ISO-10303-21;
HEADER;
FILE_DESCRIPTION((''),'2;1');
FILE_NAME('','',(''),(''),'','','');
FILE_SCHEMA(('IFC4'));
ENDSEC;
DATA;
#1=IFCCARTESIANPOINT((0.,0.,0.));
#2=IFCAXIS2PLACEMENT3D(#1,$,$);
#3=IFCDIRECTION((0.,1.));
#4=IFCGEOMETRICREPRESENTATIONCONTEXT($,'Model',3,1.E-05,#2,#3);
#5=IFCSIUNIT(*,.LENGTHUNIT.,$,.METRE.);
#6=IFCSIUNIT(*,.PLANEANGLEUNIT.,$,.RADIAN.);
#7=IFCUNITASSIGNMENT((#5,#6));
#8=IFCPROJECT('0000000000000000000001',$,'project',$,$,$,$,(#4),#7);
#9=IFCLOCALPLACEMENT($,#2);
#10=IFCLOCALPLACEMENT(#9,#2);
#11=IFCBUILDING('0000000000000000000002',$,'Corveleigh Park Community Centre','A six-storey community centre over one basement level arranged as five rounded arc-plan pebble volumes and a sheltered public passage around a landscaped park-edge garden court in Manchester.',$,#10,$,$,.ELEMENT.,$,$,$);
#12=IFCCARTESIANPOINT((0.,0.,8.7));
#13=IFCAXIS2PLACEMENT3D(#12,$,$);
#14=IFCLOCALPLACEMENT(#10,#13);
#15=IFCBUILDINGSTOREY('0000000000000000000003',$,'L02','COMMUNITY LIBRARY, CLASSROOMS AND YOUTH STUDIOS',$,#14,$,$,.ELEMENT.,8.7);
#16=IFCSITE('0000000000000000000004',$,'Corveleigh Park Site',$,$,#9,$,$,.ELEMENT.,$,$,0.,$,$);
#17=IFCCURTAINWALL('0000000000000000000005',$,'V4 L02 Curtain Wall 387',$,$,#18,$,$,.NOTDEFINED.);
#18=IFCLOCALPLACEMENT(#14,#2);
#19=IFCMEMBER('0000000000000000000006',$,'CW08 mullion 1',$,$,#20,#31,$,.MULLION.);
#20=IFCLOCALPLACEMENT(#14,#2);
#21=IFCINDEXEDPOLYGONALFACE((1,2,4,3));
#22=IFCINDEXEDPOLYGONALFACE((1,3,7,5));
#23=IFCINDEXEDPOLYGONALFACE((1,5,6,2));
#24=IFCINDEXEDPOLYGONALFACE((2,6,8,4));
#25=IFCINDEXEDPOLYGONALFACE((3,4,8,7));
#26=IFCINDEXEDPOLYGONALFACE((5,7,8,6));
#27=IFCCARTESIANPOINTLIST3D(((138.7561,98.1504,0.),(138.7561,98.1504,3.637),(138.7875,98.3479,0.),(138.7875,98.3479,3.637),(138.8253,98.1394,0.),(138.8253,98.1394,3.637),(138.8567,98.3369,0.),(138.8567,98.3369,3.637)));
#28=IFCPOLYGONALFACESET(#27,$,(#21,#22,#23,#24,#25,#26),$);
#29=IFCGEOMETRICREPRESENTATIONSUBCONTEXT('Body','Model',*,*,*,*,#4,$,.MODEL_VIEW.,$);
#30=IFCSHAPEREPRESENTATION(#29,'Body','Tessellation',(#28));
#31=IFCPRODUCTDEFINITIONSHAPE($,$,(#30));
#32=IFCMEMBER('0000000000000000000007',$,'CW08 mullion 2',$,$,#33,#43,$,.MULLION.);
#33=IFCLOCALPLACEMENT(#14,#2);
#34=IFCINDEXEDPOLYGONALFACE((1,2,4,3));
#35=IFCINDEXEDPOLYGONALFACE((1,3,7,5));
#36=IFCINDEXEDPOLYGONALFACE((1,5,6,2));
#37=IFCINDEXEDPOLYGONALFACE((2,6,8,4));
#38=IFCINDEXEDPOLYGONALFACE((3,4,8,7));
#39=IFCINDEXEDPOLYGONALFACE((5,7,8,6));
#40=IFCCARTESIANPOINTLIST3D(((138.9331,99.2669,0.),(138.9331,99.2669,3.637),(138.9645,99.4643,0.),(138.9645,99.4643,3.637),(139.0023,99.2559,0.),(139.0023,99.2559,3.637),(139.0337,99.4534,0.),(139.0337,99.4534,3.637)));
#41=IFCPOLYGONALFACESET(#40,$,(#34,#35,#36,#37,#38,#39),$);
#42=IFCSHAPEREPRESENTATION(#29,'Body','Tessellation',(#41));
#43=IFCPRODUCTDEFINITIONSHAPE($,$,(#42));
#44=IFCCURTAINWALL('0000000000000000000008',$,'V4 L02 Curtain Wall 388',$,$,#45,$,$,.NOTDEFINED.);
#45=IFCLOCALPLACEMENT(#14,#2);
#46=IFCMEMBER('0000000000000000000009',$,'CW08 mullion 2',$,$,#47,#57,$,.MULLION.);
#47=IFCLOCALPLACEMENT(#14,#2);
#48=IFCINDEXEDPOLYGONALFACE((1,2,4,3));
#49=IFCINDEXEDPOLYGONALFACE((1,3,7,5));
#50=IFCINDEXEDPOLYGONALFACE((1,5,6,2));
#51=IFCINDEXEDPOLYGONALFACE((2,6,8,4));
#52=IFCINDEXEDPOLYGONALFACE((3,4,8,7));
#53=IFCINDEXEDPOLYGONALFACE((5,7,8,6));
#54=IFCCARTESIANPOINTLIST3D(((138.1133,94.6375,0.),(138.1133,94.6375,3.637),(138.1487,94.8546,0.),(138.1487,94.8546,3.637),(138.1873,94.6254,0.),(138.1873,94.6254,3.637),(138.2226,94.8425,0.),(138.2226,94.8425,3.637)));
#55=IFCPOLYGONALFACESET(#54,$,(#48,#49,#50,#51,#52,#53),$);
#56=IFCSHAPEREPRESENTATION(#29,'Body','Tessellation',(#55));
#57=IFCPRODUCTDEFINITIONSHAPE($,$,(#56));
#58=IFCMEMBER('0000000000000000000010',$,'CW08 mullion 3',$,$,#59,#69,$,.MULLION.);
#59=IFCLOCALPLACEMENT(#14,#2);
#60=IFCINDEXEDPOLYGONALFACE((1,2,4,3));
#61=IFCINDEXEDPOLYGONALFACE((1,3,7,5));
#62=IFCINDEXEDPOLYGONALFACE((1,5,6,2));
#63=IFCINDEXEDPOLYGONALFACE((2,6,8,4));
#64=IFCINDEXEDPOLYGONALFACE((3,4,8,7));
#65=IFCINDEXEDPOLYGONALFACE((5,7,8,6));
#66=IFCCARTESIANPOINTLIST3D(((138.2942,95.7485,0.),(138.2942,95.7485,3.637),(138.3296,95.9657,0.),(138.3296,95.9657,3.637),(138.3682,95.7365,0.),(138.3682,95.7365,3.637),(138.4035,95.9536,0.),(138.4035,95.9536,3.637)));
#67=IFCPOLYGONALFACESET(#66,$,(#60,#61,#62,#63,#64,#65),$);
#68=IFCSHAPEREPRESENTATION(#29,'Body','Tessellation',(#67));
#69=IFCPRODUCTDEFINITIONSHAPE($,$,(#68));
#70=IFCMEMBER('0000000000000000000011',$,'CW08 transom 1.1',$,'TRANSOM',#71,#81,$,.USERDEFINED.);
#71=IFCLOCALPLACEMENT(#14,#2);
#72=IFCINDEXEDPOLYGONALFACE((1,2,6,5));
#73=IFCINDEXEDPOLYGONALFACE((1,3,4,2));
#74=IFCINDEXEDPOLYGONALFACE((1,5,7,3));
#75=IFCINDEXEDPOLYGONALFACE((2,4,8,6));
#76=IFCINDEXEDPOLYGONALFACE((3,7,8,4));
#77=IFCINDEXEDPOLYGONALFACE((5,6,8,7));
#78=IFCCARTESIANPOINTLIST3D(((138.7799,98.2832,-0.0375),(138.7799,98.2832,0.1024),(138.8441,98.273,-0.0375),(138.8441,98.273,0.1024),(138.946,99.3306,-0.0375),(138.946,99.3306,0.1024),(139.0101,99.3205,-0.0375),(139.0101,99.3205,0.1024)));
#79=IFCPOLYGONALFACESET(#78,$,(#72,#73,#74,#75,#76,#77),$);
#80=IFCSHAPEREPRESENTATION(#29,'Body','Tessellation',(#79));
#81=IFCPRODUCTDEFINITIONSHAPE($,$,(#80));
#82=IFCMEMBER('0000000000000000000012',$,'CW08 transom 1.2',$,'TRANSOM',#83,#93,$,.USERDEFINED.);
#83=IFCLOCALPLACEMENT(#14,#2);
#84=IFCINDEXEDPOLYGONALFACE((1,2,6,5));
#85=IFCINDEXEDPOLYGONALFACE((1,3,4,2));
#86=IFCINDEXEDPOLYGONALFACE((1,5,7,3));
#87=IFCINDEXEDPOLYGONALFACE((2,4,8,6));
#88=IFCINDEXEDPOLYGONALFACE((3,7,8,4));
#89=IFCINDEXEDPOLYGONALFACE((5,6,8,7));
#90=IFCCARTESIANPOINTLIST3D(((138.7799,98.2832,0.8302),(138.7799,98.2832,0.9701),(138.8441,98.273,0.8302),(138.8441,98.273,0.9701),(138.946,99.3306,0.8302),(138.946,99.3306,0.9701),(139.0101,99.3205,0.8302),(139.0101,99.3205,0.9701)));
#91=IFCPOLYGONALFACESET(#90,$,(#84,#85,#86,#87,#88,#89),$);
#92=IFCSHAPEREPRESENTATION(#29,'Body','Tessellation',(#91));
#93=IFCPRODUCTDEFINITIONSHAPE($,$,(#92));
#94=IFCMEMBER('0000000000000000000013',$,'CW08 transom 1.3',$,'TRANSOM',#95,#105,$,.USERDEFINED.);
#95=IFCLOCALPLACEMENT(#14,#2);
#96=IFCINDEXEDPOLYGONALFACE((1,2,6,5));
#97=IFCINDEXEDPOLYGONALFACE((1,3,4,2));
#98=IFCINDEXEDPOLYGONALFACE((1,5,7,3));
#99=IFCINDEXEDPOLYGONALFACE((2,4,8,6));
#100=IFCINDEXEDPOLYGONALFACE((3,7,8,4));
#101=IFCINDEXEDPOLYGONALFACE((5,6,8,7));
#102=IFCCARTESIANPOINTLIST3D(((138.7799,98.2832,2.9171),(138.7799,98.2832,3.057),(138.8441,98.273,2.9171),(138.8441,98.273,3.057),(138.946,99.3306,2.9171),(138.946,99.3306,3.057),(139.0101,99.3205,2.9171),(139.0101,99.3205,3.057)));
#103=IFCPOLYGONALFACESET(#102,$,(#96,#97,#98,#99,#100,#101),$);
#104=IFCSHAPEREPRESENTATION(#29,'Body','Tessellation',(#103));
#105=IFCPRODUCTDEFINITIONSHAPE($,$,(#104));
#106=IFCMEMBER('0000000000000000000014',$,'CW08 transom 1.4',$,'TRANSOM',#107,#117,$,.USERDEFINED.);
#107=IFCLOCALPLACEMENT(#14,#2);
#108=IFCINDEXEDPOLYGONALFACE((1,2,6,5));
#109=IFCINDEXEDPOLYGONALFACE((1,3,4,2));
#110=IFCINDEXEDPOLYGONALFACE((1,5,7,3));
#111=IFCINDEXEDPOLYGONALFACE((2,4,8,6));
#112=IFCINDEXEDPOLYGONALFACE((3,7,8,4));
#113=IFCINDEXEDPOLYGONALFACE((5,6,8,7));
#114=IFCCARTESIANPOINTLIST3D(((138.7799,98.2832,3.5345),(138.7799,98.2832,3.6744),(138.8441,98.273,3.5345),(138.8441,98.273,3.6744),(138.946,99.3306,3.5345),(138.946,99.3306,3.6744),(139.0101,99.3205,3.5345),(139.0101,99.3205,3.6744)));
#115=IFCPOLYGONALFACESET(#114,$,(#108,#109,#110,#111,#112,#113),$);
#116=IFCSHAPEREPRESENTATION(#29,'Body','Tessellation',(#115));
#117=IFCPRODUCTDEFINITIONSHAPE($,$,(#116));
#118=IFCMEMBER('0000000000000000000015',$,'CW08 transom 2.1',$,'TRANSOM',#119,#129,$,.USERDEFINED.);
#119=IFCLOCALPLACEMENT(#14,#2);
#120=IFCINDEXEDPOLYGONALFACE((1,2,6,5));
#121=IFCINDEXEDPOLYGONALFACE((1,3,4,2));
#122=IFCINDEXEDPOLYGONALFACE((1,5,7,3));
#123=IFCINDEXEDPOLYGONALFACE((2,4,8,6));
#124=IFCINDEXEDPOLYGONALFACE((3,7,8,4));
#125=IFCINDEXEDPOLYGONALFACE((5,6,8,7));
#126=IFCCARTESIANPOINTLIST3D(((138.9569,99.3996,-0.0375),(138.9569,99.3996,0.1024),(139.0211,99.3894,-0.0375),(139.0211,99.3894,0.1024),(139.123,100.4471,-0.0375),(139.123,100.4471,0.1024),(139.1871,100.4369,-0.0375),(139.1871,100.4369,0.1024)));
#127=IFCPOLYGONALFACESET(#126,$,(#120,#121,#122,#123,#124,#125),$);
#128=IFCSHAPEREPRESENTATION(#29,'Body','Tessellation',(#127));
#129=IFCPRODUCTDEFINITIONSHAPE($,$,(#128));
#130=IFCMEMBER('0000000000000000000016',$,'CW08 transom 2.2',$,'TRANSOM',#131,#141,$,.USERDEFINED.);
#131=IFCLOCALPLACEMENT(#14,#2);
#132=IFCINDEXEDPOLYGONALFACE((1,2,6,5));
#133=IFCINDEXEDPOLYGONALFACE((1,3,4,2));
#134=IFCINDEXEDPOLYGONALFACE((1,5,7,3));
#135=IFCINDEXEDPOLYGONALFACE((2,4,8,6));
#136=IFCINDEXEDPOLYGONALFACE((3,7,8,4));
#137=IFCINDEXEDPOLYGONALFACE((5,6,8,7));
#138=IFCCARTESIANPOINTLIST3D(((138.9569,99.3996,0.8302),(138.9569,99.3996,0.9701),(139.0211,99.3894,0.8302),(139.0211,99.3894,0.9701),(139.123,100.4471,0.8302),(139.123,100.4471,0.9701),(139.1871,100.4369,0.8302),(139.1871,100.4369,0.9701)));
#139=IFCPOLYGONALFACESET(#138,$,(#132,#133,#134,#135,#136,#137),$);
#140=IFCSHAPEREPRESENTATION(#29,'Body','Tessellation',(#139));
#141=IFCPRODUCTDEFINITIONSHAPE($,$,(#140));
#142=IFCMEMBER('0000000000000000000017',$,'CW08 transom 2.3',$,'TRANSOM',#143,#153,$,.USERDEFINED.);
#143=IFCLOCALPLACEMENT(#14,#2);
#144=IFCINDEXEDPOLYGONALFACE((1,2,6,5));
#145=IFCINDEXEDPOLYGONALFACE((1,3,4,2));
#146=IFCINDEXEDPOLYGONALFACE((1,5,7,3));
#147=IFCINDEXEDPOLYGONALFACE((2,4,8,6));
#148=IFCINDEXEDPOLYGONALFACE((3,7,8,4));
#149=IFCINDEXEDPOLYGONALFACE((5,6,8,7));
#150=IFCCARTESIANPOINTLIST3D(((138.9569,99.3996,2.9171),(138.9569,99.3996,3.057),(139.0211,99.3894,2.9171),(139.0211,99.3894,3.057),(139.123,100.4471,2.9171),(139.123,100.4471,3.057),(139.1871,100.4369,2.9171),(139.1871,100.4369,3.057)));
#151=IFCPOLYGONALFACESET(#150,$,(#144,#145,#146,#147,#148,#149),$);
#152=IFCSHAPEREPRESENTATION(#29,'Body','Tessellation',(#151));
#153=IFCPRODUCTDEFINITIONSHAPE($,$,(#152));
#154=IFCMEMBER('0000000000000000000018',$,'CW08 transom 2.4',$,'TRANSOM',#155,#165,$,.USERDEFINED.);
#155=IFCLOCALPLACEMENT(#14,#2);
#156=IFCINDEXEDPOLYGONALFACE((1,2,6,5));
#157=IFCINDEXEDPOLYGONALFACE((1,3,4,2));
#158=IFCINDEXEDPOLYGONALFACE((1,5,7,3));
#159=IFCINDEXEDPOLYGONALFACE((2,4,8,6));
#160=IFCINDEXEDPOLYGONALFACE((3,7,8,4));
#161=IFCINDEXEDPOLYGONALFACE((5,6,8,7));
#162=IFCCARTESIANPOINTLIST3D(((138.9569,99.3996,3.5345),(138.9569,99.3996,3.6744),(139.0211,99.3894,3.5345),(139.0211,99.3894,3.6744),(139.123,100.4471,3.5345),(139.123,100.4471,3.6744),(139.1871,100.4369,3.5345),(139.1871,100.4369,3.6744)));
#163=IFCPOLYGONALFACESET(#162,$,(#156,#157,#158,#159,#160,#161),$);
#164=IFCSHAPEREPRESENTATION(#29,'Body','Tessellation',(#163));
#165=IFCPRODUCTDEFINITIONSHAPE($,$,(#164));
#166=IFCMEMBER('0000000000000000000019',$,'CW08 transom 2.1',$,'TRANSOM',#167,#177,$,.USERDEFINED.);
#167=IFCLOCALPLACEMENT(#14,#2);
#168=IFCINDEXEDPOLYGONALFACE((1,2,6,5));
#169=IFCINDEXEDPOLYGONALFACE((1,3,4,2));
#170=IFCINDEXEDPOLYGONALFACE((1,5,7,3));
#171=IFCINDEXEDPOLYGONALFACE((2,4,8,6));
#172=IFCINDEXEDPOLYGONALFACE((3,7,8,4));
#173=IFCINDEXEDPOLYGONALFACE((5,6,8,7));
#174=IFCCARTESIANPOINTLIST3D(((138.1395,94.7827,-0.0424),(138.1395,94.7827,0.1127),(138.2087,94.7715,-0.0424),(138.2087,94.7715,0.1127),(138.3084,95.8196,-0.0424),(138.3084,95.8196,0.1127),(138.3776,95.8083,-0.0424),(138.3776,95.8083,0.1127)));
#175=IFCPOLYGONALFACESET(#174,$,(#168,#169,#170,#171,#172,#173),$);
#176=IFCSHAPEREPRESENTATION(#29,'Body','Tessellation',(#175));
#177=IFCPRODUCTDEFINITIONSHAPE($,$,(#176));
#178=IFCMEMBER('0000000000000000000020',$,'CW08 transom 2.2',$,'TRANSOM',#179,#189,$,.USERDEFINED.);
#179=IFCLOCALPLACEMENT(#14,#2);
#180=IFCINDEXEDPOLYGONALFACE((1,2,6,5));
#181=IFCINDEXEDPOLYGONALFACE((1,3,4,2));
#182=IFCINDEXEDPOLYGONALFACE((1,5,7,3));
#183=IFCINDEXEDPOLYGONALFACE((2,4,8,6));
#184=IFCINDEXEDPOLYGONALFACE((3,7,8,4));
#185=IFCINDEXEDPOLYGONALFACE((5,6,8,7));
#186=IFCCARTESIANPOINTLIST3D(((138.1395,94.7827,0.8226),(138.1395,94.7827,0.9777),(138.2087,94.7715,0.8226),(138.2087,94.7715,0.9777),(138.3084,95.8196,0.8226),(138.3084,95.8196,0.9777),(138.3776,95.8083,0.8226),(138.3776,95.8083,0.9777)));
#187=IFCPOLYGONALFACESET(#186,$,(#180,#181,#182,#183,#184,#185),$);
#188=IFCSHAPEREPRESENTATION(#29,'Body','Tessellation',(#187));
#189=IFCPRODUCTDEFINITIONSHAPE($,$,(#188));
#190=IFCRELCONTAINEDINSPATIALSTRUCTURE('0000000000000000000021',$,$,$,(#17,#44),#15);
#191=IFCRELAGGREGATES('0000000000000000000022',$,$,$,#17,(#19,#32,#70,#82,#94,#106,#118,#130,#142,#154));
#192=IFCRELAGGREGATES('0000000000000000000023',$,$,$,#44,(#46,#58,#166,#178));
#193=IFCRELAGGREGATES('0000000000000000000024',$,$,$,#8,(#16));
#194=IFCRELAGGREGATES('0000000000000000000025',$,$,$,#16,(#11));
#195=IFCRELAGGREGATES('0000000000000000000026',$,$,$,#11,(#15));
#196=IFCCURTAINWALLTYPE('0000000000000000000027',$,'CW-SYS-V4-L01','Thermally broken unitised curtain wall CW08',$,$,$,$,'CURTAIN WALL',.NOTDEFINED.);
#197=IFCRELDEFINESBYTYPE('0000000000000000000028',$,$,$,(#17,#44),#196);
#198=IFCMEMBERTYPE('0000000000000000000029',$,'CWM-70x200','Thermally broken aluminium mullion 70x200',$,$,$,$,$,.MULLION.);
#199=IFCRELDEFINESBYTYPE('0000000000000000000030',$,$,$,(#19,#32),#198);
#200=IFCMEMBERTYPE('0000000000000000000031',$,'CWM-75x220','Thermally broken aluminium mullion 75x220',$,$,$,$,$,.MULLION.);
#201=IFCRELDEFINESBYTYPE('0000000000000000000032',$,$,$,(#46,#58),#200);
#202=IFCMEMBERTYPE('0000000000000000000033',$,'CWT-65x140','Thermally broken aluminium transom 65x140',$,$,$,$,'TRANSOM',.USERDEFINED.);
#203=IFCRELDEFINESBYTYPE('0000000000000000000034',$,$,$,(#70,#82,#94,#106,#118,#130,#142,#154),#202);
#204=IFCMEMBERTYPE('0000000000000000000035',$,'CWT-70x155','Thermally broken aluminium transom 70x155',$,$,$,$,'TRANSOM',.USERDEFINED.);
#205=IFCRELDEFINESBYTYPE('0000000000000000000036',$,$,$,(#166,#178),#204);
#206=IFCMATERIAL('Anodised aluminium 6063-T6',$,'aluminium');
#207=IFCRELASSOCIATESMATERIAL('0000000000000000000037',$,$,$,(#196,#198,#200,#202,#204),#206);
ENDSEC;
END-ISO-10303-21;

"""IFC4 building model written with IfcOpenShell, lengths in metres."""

from ifc_helpers import new_model, si_unit, direction, frame, origin, origin_2d, place, context, subcontext, project, spatial, rectangle, extrude, material, material_profile, profile_set, type_object, element, aggregate, save


model = new_model("IFC4")

# Units and contexts
model_context = context("Model", 3, precision=1e-05, world=origin(), true_north=direction((0.0, 1.0)))
body_context = subcontext(model_context, "Body", "Model", "MODEL_VIEW")
ifc_project = project(units=[si_unit("LENGTHUNIT", "METRE"), si_unit("PLANEANGLEUNIT", "RADIAN")], contexts=[model_context])

# Site, building, storey
site_placement = place(None, origin())
site = spatial("IfcSite", under=ifc_project, at=site_placement, Name="Corveleigh Park Site", CompositionType="ELEMENT", RefElevation=0.0)
building_placement = place(site_placement, origin())
building = spatial("IfcBuilding", under=site, at=building_placement, Name="Corveleigh Park Community Centre", Description="A six-storey community centre over one basement level arranged as five rounded arc-plan pebble volumes and a sheltered public passage around a landscaped park-edge garden court in Manchester.", CompositionType="ELEMENT")
storey_placement = place(building_placement, frame((0.0, 0.0, 8.7)))
storey = spatial("IfcBuildingStorey", under=building, at=storey_placement, Name="L02", Description="COMMUNITY LIBRARY, CLASSROOMS AND YOUTH STUDIOS", CompositionType="ELEMENT", Elevation=8.7)

# Curtain walls, members
ifc_material_1 = material(Name="Anodised aluminium 6063-T6", Category="aluminium")
curtain_wall_type = type_object("IfcCurtainWallType", Name="CW-SYS-V4-L01", Description="Thermally broken unitised curtain wall CW08", ElementType="CURTAIN WALL", PredefinedType="NOTDEFINED", material=ifc_material_1)
curtain_wall_1_placement = place(storey_placement, origin())
curtain_wall_1 = element("IfcCurtainWall", 1, at=curtain_wall_1_placement, inside=storey, type_object=curtain_wall_type, Name="V4 L02 Curtain Wall 387", PredefinedType="NOTDEFINED")
ifc_material_profile_1 = material_profile(ifc_material_1, rectangle(XDim=0.0701, YDim=0.2, at=origin_2d()), Name="ALU-M70x200", Category="aluminium")
ifc_profile_set_1 = profile_set([ifc_material_profile_1], Name="Anodised aluminium 6063-T6")
member_type_1 = type_object("IfcMemberType", Name="CWM-70x200", Description="Thermally broken aluminium mullion 70x200", PredefinedType="MULLION", material=ifc_profile_set_1)
member_1_placement = place(storey_placement, frame((138.8064, 98.2437, 0.0), z_axis=(0.0, 0.0, 1.0), x_axis=(-0.987662, 0.156601, 0.0)))
member_1 = element("IfcMember", 2, at=member_1_placement, type_object=member_type_1, Name="CW08 mullion 1", PredefinedType="MULLION", context=body_context, shape_type="SweptSolid", body=[
    extrude(rectangle(XDim=0.0701, YDim=0.2, at=origin_2d()), origin(), (0.0, 0.0, 1.0), 3.637),
])
member_2_placement = place(storey_placement, frame((138.9834, 99.3601, 0.0), z_axis=(0.0, 0.0, 1.0), x_axis=(-0.987662, 0.156601, 0.0)))
member_2 = element("IfcMember", 3, at=member_2_placement, type_object=member_type_1, Name="CW08 mullion 2", PredefinedType="MULLION", context=body_context, shape_type="SweptSolid", body=[
    extrude(rectangle(XDim=0.0701, YDim=0.2, at=origin_2d()), origin(), (0.0, 0.0, 1.0), 3.637),
])
curtain_wall_2_placement = place(storey_placement, origin())
curtain_wall_2 = element("IfcCurtainWall", 4, at=curtain_wall_2_placement, inside=storey, type_object=curtain_wall_type, Name="V4 L02 Curtain Wall 388", PredefinedType="NOTDEFINED")
ifc_material_profile_2 = material_profile(ifc_material_1, rectangle(XDim=0.075, YDim=0.22, at=origin_2d()), Name="ALU-M75x220", Category="aluminium")
ifc_profile_set_2 = profile_set([ifc_material_profile_2], Name="Anodised aluminium 6063-T6")
member_type_2 = type_object("IfcMemberType", Name="CWM-75x220", Description="Thermally broken aluminium mullion 75x220", PredefinedType="MULLION", material=ifc_profile_set_2)
member_3_placement = place(storey_placement, frame((138.168, 94.74, 0.0), z_axis=(0.0, 0.0, 1.0), x_axis=(-0.986991, 0.160773, 0.0)))
member_3 = element("IfcMember", 5, at=member_3_placement, type_object=member_type_2, Name="CW08 mullion 2", PredefinedType="MULLION", context=body_context, shape_type="SweptSolid", body=[
    extrude(rectangle(XDim=0.075, YDim=0.22, at=origin_2d()), origin(), (0.0, 0.0, 1.0), 3.637),
])
member_4_placement = place(storey_placement, frame((138.3489, 95.8511, 0.0), z_axis=(0.0, 0.0, 1.0), x_axis=(-0.986991, 0.160773, 0.0)))
member_4 = element("IfcMember", 6, at=member_4_placement, type_object=member_type_2, Name="CW08 mullion 3", PredefinedType="MULLION", context=body_context, shape_type="SweptSolid", body=[
    extrude(rectangle(XDim=0.075, YDim=0.22, at=origin_2d()), origin(), (0.0, 0.0, 1.0), 3.637),
])

# Members
ifc_material_profile_3 = material_profile(ifc_material_1, rectangle(XDim=0.0649, YDim=0.1399, at=origin_2d()), Name="ALU-T65x140", Category="aluminium")
ifc_profile_set_3 = profile_set([ifc_material_profile_3], Name="Anodised aluminium 6063-T6")
member_type_3 = type_object("IfcMemberType", Name="CWT-65x140", Description="Thermally broken aluminium transom 65x140", ElementType="TRANSOM", PredefinedType="USERDEFINED", material=ifc_profile_set_3)
member_5_placement = place(storey_placement, frame((138.812, 98.2781, 0.0325), z_axis=(0.156554, 0.987669, 0.0), x_axis=(-0.987669, 0.156554, 0.0)))
member_5 = element("IfcMember", 7, at=member_5_placement, type_object=member_type_3, Name="CW08 transom 1.1", ObjectType="TRANSOM", PredefinedType="USERDEFINED", context=body_context, shape_type="SweptSolid", body=[
    extrude(rectangle(XDim=0.0649, YDim=0.1399, at=origin_2d()), origin(), (0.0, 0.0, 1.0), 1.0605),
])
member_6_placement = place(storey_placement, frame((138.812, 98.2781, 0.9001), z_axis=(0.156554, 0.987669, 0.0), x_axis=(-0.987669, 0.156554, 0.0)))
member_6 = element("IfcMember", 8, at=member_6_placement, type_object=member_type_3, Name="CW08 transom 1.2", ObjectType="TRANSOM", PredefinedType="USERDEFINED", context=body_context, shape_type="SweptSolid", body=[
    extrude(rectangle(XDim=0.0649, YDim=0.1399, at=origin_2d()), origin(), (0.0, 0.0, 1.0), 1.0605),
])
member_7_placement = place(storey_placement, frame((138.812, 98.2781, 2.9871), z_axis=(0.156554, 0.987669, 0.0), x_axis=(-0.987669, 0.156554, 0.0)))
member_7 = element("IfcMember", 9, at=member_7_placement, type_object=member_type_3, Name="CW08 transom 1.3", ObjectType="TRANSOM", PredefinedType="USERDEFINED", context=body_context, shape_type="SweptSolid", body=[
    extrude(rectangle(XDim=0.0649, YDim=0.1399, at=origin_2d()), origin(), (0.0, 0.0, 1.0), 1.0605),
])
member_8_placement = place(storey_placement, frame((138.812, 98.2781, 3.6045), z_axis=(0.156554, 0.987669, 0.0), x_axis=(-0.987669, 0.156554, 0.0)))
member_8 = element("IfcMember", 10, at=member_8_placement, type_object=member_type_3, Name="CW08 transom 1.4", ObjectType="TRANSOM", PredefinedType="USERDEFINED", context=body_context, shape_type="SweptSolid", body=[
    extrude(rectangle(XDim=0.0649, YDim=0.1399, at=origin_2d()), origin(), (0.0, 0.0, 1.0), 1.0605),
])
member_9_placement = place(storey_placement, frame((138.989, 99.3945, 0.0325), z_axis=(0.156554, 0.987669, 0.0), x_axis=(-0.987669, 0.156554, 0.0)))
member_9 = element("IfcMember", 11, at=member_9_placement, type_object=member_type_3, Name="CW08 transom 2.1", ObjectType="TRANSOM", PredefinedType="USERDEFINED", context=body_context, shape_type="SweptSolid", body=[
    extrude(rectangle(XDim=0.0649, YDim=0.1399, at=origin_2d()), origin(), (0.0, 0.0, 1.0), 1.0605),
])
member_10_placement = place(storey_placement, frame((138.989, 99.3945, 0.9001), z_axis=(0.156554, 0.987669, 0.0), x_axis=(-0.987669, 0.156554, 0.0)))
member_10 = element("IfcMember", 12, at=member_10_placement, type_object=member_type_3, Name="CW08 transom 2.2", ObjectType="TRANSOM", PredefinedType="USERDEFINED", context=body_context, shape_type="SweptSolid", body=[
    extrude(rectangle(XDim=0.0649, YDim=0.1399, at=origin_2d()), origin(), (0.0, 0.0, 1.0), 1.0605),
])
member_11_placement = place(storey_placement, frame((138.989, 99.3945, 2.9871), z_axis=(0.156554, 0.987669, 0.0), x_axis=(-0.987669, 0.156554, 0.0)))
member_11 = element("IfcMember", 13, at=member_11_placement, type_object=member_type_3, Name="CW08 transom 2.3", ObjectType="TRANSOM", PredefinedType="USERDEFINED", context=body_context, shape_type="SweptSolid", body=[
    extrude(rectangle(XDim=0.0649, YDim=0.1399, at=origin_2d()), origin(), (0.0, 0.0, 1.0), 1.0605),
])
member_12_placement = place(storey_placement, frame((138.989, 99.3945, 3.6045), z_axis=(0.156554, 0.987669, 0.0), x_axis=(-0.987669, 0.156554, 0.0)))
member_12 = element("IfcMember", 14, at=member_12_placement, type_object=member_type_3, Name="CW08 transom 2.4", ObjectType="TRANSOM", PredefinedType="USERDEFINED", context=body_context, shape_type="SweptSolid", body=[
    extrude(rectangle(XDim=0.0649, YDim=0.1399, at=origin_2d()), origin(), (0.0, 0.0, 1.0), 1.0605),
])
ifc_material_profile_4 = material_profile(ifc_material_1, rectangle(XDim=0.0701, YDim=0.155, at=origin_2d()), Name="ALU-T70x155", Category="aluminium")
ifc_profile_set_4 = profile_set([ifc_material_profile_4], Name="Anodised aluminium 6063-T6")
member_type_4 = type_object("IfcMemberType", Name="CWT-70x155", Description="Thermally broken aluminium transom 70x155", ElementType="TRANSOM", PredefinedType="USERDEFINED", material=ifc_profile_set_4)
member_13_placement = place(storey_placement, frame((138.1741, 94.7771, 0.0352), z_axis=(0.160818, 0.986984, 0.0), x_axis=(-0.986984, 0.160818, 0.0)))
member_13 = element("IfcMember", 15, at=member_13_placement, type_object=member_type_4, Name="CW08 transom 2.1", ObjectType="TRANSOM", PredefinedType="USERDEFINED", context=body_context, shape_type="SweptSolid", body=[
    extrude(rectangle(XDim=0.0701, YDim=0.155, at=origin_2d()), origin(), (0.0, 0.0, 1.0), 1.0505),
])
member_14_placement = place(storey_placement, frame((138.1741, 94.7771, 0.9001), z_axis=(0.160818, 0.986984, 0.0), x_axis=(-0.986984, 0.160818, 0.0)))
member_14 = element("IfcMember", 16, at=member_14_placement, type_object=member_type_4, Name="CW08 transom 2.2", ObjectType="TRANSOM", PredefinedType="USERDEFINED", context=body_context, shape_type="SweptSolid", body=[
    extrude(rectangle(XDim=0.0701, YDim=0.155, at=origin_2d()), origin(), (0.0, 0.0, 1.0), 1.0505),
])

aggregate(curtain_wall_1, [member_1, member_2, member_5, member_6, member_7, member_8, member_9, member_10, member_11, member_12])
aggregate(curtain_wall_2, [member_3, member_4, member_13, member_14])

save(model, "model.ifc")
